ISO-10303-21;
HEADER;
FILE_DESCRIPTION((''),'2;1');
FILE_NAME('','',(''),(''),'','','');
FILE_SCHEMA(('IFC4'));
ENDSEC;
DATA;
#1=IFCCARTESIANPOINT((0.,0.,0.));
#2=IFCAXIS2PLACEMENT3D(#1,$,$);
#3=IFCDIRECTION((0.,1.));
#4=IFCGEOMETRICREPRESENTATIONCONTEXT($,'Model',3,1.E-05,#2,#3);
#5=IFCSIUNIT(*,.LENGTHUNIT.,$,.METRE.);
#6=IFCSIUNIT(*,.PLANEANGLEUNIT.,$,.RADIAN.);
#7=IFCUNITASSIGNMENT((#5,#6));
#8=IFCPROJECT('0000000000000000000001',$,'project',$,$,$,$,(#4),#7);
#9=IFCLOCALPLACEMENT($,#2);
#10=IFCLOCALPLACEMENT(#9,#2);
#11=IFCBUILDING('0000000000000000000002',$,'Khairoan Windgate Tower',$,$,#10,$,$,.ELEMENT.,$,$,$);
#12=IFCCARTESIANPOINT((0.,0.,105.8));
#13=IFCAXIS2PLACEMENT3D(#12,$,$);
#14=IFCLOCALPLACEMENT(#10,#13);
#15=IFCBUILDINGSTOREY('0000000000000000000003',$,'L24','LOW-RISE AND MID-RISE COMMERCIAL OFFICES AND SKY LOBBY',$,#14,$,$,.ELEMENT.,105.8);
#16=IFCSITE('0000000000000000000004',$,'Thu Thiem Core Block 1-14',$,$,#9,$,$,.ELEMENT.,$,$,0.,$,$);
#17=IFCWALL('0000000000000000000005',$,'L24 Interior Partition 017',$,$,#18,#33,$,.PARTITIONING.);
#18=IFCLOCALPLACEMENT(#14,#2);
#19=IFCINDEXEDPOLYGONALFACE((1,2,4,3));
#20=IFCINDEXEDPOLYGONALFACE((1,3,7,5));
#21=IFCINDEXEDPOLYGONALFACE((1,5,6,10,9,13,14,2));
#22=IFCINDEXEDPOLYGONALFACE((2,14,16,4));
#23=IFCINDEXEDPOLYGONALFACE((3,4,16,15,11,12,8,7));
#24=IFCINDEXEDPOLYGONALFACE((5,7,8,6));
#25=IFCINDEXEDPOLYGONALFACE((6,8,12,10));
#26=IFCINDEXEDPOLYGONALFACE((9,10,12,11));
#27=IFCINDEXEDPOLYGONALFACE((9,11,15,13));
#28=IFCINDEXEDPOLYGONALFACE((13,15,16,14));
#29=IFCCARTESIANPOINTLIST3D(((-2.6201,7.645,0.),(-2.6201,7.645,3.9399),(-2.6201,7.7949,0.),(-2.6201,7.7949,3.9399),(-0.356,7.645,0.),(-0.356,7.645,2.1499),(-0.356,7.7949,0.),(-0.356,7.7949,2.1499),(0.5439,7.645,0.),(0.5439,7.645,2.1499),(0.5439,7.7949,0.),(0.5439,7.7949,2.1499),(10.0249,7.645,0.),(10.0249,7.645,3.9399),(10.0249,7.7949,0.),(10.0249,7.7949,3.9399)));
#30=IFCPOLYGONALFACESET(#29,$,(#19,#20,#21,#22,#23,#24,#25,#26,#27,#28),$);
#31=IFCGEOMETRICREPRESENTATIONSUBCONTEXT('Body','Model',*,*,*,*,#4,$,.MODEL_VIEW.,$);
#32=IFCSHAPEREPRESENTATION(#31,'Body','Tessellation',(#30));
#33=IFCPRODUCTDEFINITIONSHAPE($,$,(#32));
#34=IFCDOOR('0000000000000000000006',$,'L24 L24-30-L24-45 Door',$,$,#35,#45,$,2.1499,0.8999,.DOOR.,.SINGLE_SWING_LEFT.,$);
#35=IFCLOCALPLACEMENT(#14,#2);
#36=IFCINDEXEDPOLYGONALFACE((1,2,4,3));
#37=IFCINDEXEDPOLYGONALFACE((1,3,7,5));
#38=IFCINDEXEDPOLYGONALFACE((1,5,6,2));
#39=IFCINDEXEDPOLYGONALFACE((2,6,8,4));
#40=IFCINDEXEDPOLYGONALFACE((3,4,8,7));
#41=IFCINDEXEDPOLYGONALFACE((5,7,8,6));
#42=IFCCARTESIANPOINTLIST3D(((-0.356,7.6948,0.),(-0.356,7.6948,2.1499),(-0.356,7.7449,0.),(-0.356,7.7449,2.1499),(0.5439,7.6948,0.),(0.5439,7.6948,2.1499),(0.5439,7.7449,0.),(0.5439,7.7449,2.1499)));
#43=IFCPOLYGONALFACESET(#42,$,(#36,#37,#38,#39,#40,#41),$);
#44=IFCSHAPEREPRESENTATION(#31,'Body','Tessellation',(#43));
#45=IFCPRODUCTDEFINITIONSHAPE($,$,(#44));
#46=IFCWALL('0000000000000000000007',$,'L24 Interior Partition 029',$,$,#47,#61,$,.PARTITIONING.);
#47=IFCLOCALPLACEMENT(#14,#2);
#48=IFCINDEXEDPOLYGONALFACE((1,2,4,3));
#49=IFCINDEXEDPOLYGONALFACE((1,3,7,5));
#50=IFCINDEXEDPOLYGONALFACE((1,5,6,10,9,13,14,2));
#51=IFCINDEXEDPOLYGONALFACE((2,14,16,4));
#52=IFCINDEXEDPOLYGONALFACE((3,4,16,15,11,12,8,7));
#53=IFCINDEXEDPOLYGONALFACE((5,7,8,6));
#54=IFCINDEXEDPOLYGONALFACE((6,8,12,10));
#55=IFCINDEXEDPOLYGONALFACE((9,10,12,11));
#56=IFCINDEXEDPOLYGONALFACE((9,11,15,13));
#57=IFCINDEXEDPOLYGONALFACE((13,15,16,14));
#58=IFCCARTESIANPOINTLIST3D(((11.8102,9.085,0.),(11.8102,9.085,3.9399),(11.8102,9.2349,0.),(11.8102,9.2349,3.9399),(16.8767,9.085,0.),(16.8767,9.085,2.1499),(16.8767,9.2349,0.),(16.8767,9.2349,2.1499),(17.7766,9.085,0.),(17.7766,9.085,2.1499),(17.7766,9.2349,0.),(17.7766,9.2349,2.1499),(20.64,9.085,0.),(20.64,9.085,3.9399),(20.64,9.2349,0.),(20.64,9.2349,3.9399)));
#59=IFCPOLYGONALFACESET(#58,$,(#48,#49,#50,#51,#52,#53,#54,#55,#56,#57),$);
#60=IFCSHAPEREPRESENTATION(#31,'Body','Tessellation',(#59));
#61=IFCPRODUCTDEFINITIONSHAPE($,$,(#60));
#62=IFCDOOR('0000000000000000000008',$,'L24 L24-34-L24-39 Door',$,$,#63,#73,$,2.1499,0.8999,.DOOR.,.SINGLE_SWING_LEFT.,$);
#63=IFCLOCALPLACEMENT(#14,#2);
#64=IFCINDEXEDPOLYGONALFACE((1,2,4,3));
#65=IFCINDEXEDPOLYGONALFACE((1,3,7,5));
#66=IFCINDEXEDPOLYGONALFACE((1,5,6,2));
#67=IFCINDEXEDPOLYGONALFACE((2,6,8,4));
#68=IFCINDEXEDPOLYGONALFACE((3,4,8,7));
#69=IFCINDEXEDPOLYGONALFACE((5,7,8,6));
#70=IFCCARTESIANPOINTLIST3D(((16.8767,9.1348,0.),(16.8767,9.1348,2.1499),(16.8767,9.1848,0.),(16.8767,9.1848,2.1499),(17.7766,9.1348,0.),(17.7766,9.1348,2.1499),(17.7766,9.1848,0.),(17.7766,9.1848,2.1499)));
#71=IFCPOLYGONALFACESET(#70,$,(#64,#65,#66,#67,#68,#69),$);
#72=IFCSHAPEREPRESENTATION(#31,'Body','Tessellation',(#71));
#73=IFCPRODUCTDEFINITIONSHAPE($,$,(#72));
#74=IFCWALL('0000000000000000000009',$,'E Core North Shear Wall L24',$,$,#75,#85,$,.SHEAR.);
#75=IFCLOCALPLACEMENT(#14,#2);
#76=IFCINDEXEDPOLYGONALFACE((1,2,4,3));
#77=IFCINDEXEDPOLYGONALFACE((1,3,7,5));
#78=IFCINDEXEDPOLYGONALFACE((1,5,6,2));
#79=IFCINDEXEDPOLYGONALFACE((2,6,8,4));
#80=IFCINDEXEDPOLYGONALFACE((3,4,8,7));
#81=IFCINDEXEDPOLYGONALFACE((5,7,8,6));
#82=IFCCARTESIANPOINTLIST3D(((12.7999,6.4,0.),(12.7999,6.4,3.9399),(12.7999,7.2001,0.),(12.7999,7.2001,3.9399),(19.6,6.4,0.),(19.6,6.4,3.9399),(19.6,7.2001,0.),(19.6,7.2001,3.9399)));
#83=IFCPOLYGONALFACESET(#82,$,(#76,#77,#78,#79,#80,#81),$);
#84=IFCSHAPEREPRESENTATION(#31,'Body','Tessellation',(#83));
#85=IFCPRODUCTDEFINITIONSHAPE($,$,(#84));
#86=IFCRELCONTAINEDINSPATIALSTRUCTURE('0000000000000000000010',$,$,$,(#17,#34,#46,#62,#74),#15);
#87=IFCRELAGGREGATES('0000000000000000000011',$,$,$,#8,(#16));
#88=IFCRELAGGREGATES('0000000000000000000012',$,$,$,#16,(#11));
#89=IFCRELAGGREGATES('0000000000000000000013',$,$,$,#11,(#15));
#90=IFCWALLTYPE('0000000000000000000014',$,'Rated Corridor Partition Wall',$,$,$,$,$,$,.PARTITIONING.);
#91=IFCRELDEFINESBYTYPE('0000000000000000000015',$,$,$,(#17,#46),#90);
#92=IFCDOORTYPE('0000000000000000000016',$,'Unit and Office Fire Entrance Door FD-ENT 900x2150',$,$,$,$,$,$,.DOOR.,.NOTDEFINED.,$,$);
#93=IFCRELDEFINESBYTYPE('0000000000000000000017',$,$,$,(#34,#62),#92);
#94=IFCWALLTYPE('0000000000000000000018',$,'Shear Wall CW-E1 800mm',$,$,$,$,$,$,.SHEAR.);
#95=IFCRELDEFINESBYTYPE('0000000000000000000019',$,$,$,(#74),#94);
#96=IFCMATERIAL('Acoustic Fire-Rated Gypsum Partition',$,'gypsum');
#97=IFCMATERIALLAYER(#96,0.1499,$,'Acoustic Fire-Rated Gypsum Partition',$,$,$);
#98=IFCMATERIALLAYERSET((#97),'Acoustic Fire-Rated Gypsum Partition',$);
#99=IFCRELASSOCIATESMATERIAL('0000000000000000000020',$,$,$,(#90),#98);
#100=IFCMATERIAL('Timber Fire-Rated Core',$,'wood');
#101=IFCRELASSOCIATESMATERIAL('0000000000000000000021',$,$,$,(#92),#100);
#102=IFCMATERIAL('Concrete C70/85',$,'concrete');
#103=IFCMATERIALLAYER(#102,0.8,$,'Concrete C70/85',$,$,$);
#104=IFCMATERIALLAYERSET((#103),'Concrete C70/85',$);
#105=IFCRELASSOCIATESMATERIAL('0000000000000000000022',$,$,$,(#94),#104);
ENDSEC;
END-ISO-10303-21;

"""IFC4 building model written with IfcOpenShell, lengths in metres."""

from ifc_helpers import new_model, si_unit, direction, frame, frame_2d, origin, place, context, subcontext, project, spatial, rectangle, extrude, material, layer, layer_set, type_object, element, fill, save


model = new_model("IFC4")

# Units and contexts
model_context = context("Model", 3, precision=1e-05, world=origin(), true_north=direction((0.0, 1.0)))
body_context = subcontext(model_context, "Body", "Model", "MODEL_VIEW")
ifc_project = project(units=[si_unit("LENGTHUNIT", "METRE"), si_unit("PLANEANGLEUNIT", "RADIAN")], contexts=[model_context])

# Site, building, storey
site_placement = place(None, origin())
site = spatial("IfcSite", under=ifc_project, at=site_placement, Name="Thu Thiem Core Block 1-14", CompositionType="ELEMENT", RefElevation=0.0)
building_placement = place(site_placement, origin())
building = spatial("IfcBuilding", under=site, at=building_placement, Name="Khairoan Windgate Tower", CompositionType="ELEMENT")
storey_placement = place(building_placement, frame((0.0, 0.0, 105.8)))
storey = spatial("IfcBuildingStorey", under=building, at=storey_placement, Name="L24", Description="LOW-RISE AND MID-RISE COMMERCIAL OFFICES AND SKY LOBBY", CompositionType="ELEMENT", Elevation=105.8)

# Walls, openings, doors
ifc_material_1 = material(Name="Acoustic Fire-Rated Gypsum Partition", Category="gypsum")
ifc_layer_1 = layer(ifc_material_1, 0.1499, Name="Acoustic Fire-Rated Gypsum Partition")
ifc_layer_set_1 = layer_set([ifc_layer_1], Name="Acoustic Fire-Rated Gypsum Partition")
wall_type_1 = type_object("IfcWallType", Name="Rated Corridor Partition Wall", PredefinedType="PARTITIONING", material=ifc_layer_set_1)
wall_1_placement = place(storey_placement, frame((-2.6201, 7.72, 0.0), z_axis=(0.0, 0.0, 1.0), x_axis=(1.0, 0.0, 0.0)))
wall_1 = element("IfcWall", 1, at=wall_1_placement, inside=storey, type_object=wall_type_1, Name="L24 Interior Partition 017", PredefinedType="PARTITIONING", context=body_context, shape_type="SweptSolid", body=[
    extrude(rectangle(XDim=12.645, YDim=0.1499, at=frame_2d((6.3225, 0.0))), origin(), (0.0, 0.0, 1.0), 3.9399),
])
opening_1_placement = place(wall_1_placement, frame((2.2642, 0.0, 0.0)))
opening_1 = element("IfcOpeningElement", 2, at=opening_1_placement, cuts=wall_1, PredefinedType="OPENING", context=body_context, shape_type="SweptSolid", body=[
    extrude(rectangle(XDim=0.8999, YDim=2.1499, at=frame_2d((0.45, 1.075))), frame((0.0, 0.085, 0.0), z_axis=(0.0, -1.0, 0.0), x_axis=(1.0, 0.0, 0.0)), (0.0, 0.0, 1.0), 0.1699),
])
ifc_material_2 = material(Name="Timber Fire-Rated Core", Category="wood")
door_type = type_object("IfcDoorType", Name="Unit and Office Fire Entrance Door FD-ENT 900x2150", OperationType="NOTDEFINED", PredefinedType="DOOR", material=ifc_material_2)
door_1_placement = place(opening_1_placement, origin())
door_1 = element("IfcDoor", 3, at=door_1_placement, inside=storey, type_object=door_type, Name="L24 L24-30-L24-45 Door", OperationType="SINGLE_SWING_LEFT", OverallHeight=2.1499, OverallWidth=0.8999, PredefinedType="DOOR", context=body_context, shape_type="SweptSolid", body=[
    extrude(rectangle(XDim=0.8999, YDim=2.1499, at=frame_2d((0.45, 1.075))), frame((0.0, 0.0249, 0.0), z_axis=(0.0, -1.0, 0.0), x_axis=(1.0, 0.0, 0.0)), (0.0, 0.0, 1.0), 0.05),
])
fill(opening_1, door_1)
wall_2_placement = place(storey_placement, frame((11.8101, 9.1599, 0.0), z_axis=(0.0, 0.0, 1.0), x_axis=(1.0, 0.0, 0.0)))
wall_2 = element("IfcWall", 4, at=wall_2_placement, inside=storey, type_object=wall_type_1, Name="L24 Interior Partition 029", PredefinedType="PARTITIONING", context=body_context, shape_type="SweptSolid", body=[
    extrude(rectangle(XDim=8.8298, YDim=0.1499, at=frame_2d((4.415, 0.0))), origin(), (0.0, 0.0, 1.0), 3.9399),
])
opening_2_placement = place(wall_2_placement, frame((5.0667, 0.0, 0.0)))
opening_2 = element("IfcOpeningElement", 5, at=opening_2_placement, cuts=wall_2, PredefinedType="OPENING", context=body_context, shape_type="SweptSolid", body=[
    extrude(rectangle(XDim=0.8999, YDim=2.1499, at=frame_2d((0.45, 1.075))), frame((0.0, 0.085, 0.0), z_axis=(0.0, -1.0, 0.0), x_axis=(1.0, 0.0, 0.0)), (0.0, 0.0, 1.0), 0.1699),
])
door_2_placement = place(opening_2_placement, origin())
door_2 = element("IfcDoor", 6, at=door_2_placement, inside=storey, type_object=door_type, Name="L24 L24-34-L24-39 Door", OperationType="SINGLE_SWING_LEFT", OverallHeight=2.1499, OverallWidth=0.8999, PredefinedType="DOOR", context=body_context, shape_type="SweptSolid", body=[
    extrude(rectangle(XDim=0.8999, YDim=2.1499, at=frame_2d((0.45, 1.075))), frame((0.0, 0.0249, 0.0), z_axis=(0.0, -1.0, 0.0), x_axis=(1.0, 0.0, 0.0)), (0.0, 0.0, 1.0), 0.05),
])
fill(opening_2, door_2)

# Wall
ifc_material_3 = material(Name="Concrete C70/85", Category="concrete")
ifc_layer_2 = layer(ifc_material_3, 0.8, Name="Concrete C70/85")
ifc_layer_set_2 = layer_set([ifc_layer_2], Name="Concrete C70/85")
wall_type_2 = type_object("IfcWallType", Name="Shear Wall CW-E1 800mm", PredefinedType="SHEAR", material=ifc_layer_set_2)
wall_3_placement = place(storey_placement, frame((12.8, 6.8, 0.0), z_axis=(0.0, 0.0, 1.0), x_axis=(1.0, 0.0, 0.0)))
element("IfcWall", 7, at=wall_3_placement, inside=storey, type_object=wall_type_2, Name="E Core North Shear Wall L24", PredefinedType="SHEAR", context=body_context, shape_type="SweptSolid", body=[
    extrude(rectangle(XDim=6.8, YDim=0.8, at=frame_2d((3.3999, 0.0))), origin(), (0.0, 0.0, 1.0), 3.9399),
])

save(model, "model.ifc")
